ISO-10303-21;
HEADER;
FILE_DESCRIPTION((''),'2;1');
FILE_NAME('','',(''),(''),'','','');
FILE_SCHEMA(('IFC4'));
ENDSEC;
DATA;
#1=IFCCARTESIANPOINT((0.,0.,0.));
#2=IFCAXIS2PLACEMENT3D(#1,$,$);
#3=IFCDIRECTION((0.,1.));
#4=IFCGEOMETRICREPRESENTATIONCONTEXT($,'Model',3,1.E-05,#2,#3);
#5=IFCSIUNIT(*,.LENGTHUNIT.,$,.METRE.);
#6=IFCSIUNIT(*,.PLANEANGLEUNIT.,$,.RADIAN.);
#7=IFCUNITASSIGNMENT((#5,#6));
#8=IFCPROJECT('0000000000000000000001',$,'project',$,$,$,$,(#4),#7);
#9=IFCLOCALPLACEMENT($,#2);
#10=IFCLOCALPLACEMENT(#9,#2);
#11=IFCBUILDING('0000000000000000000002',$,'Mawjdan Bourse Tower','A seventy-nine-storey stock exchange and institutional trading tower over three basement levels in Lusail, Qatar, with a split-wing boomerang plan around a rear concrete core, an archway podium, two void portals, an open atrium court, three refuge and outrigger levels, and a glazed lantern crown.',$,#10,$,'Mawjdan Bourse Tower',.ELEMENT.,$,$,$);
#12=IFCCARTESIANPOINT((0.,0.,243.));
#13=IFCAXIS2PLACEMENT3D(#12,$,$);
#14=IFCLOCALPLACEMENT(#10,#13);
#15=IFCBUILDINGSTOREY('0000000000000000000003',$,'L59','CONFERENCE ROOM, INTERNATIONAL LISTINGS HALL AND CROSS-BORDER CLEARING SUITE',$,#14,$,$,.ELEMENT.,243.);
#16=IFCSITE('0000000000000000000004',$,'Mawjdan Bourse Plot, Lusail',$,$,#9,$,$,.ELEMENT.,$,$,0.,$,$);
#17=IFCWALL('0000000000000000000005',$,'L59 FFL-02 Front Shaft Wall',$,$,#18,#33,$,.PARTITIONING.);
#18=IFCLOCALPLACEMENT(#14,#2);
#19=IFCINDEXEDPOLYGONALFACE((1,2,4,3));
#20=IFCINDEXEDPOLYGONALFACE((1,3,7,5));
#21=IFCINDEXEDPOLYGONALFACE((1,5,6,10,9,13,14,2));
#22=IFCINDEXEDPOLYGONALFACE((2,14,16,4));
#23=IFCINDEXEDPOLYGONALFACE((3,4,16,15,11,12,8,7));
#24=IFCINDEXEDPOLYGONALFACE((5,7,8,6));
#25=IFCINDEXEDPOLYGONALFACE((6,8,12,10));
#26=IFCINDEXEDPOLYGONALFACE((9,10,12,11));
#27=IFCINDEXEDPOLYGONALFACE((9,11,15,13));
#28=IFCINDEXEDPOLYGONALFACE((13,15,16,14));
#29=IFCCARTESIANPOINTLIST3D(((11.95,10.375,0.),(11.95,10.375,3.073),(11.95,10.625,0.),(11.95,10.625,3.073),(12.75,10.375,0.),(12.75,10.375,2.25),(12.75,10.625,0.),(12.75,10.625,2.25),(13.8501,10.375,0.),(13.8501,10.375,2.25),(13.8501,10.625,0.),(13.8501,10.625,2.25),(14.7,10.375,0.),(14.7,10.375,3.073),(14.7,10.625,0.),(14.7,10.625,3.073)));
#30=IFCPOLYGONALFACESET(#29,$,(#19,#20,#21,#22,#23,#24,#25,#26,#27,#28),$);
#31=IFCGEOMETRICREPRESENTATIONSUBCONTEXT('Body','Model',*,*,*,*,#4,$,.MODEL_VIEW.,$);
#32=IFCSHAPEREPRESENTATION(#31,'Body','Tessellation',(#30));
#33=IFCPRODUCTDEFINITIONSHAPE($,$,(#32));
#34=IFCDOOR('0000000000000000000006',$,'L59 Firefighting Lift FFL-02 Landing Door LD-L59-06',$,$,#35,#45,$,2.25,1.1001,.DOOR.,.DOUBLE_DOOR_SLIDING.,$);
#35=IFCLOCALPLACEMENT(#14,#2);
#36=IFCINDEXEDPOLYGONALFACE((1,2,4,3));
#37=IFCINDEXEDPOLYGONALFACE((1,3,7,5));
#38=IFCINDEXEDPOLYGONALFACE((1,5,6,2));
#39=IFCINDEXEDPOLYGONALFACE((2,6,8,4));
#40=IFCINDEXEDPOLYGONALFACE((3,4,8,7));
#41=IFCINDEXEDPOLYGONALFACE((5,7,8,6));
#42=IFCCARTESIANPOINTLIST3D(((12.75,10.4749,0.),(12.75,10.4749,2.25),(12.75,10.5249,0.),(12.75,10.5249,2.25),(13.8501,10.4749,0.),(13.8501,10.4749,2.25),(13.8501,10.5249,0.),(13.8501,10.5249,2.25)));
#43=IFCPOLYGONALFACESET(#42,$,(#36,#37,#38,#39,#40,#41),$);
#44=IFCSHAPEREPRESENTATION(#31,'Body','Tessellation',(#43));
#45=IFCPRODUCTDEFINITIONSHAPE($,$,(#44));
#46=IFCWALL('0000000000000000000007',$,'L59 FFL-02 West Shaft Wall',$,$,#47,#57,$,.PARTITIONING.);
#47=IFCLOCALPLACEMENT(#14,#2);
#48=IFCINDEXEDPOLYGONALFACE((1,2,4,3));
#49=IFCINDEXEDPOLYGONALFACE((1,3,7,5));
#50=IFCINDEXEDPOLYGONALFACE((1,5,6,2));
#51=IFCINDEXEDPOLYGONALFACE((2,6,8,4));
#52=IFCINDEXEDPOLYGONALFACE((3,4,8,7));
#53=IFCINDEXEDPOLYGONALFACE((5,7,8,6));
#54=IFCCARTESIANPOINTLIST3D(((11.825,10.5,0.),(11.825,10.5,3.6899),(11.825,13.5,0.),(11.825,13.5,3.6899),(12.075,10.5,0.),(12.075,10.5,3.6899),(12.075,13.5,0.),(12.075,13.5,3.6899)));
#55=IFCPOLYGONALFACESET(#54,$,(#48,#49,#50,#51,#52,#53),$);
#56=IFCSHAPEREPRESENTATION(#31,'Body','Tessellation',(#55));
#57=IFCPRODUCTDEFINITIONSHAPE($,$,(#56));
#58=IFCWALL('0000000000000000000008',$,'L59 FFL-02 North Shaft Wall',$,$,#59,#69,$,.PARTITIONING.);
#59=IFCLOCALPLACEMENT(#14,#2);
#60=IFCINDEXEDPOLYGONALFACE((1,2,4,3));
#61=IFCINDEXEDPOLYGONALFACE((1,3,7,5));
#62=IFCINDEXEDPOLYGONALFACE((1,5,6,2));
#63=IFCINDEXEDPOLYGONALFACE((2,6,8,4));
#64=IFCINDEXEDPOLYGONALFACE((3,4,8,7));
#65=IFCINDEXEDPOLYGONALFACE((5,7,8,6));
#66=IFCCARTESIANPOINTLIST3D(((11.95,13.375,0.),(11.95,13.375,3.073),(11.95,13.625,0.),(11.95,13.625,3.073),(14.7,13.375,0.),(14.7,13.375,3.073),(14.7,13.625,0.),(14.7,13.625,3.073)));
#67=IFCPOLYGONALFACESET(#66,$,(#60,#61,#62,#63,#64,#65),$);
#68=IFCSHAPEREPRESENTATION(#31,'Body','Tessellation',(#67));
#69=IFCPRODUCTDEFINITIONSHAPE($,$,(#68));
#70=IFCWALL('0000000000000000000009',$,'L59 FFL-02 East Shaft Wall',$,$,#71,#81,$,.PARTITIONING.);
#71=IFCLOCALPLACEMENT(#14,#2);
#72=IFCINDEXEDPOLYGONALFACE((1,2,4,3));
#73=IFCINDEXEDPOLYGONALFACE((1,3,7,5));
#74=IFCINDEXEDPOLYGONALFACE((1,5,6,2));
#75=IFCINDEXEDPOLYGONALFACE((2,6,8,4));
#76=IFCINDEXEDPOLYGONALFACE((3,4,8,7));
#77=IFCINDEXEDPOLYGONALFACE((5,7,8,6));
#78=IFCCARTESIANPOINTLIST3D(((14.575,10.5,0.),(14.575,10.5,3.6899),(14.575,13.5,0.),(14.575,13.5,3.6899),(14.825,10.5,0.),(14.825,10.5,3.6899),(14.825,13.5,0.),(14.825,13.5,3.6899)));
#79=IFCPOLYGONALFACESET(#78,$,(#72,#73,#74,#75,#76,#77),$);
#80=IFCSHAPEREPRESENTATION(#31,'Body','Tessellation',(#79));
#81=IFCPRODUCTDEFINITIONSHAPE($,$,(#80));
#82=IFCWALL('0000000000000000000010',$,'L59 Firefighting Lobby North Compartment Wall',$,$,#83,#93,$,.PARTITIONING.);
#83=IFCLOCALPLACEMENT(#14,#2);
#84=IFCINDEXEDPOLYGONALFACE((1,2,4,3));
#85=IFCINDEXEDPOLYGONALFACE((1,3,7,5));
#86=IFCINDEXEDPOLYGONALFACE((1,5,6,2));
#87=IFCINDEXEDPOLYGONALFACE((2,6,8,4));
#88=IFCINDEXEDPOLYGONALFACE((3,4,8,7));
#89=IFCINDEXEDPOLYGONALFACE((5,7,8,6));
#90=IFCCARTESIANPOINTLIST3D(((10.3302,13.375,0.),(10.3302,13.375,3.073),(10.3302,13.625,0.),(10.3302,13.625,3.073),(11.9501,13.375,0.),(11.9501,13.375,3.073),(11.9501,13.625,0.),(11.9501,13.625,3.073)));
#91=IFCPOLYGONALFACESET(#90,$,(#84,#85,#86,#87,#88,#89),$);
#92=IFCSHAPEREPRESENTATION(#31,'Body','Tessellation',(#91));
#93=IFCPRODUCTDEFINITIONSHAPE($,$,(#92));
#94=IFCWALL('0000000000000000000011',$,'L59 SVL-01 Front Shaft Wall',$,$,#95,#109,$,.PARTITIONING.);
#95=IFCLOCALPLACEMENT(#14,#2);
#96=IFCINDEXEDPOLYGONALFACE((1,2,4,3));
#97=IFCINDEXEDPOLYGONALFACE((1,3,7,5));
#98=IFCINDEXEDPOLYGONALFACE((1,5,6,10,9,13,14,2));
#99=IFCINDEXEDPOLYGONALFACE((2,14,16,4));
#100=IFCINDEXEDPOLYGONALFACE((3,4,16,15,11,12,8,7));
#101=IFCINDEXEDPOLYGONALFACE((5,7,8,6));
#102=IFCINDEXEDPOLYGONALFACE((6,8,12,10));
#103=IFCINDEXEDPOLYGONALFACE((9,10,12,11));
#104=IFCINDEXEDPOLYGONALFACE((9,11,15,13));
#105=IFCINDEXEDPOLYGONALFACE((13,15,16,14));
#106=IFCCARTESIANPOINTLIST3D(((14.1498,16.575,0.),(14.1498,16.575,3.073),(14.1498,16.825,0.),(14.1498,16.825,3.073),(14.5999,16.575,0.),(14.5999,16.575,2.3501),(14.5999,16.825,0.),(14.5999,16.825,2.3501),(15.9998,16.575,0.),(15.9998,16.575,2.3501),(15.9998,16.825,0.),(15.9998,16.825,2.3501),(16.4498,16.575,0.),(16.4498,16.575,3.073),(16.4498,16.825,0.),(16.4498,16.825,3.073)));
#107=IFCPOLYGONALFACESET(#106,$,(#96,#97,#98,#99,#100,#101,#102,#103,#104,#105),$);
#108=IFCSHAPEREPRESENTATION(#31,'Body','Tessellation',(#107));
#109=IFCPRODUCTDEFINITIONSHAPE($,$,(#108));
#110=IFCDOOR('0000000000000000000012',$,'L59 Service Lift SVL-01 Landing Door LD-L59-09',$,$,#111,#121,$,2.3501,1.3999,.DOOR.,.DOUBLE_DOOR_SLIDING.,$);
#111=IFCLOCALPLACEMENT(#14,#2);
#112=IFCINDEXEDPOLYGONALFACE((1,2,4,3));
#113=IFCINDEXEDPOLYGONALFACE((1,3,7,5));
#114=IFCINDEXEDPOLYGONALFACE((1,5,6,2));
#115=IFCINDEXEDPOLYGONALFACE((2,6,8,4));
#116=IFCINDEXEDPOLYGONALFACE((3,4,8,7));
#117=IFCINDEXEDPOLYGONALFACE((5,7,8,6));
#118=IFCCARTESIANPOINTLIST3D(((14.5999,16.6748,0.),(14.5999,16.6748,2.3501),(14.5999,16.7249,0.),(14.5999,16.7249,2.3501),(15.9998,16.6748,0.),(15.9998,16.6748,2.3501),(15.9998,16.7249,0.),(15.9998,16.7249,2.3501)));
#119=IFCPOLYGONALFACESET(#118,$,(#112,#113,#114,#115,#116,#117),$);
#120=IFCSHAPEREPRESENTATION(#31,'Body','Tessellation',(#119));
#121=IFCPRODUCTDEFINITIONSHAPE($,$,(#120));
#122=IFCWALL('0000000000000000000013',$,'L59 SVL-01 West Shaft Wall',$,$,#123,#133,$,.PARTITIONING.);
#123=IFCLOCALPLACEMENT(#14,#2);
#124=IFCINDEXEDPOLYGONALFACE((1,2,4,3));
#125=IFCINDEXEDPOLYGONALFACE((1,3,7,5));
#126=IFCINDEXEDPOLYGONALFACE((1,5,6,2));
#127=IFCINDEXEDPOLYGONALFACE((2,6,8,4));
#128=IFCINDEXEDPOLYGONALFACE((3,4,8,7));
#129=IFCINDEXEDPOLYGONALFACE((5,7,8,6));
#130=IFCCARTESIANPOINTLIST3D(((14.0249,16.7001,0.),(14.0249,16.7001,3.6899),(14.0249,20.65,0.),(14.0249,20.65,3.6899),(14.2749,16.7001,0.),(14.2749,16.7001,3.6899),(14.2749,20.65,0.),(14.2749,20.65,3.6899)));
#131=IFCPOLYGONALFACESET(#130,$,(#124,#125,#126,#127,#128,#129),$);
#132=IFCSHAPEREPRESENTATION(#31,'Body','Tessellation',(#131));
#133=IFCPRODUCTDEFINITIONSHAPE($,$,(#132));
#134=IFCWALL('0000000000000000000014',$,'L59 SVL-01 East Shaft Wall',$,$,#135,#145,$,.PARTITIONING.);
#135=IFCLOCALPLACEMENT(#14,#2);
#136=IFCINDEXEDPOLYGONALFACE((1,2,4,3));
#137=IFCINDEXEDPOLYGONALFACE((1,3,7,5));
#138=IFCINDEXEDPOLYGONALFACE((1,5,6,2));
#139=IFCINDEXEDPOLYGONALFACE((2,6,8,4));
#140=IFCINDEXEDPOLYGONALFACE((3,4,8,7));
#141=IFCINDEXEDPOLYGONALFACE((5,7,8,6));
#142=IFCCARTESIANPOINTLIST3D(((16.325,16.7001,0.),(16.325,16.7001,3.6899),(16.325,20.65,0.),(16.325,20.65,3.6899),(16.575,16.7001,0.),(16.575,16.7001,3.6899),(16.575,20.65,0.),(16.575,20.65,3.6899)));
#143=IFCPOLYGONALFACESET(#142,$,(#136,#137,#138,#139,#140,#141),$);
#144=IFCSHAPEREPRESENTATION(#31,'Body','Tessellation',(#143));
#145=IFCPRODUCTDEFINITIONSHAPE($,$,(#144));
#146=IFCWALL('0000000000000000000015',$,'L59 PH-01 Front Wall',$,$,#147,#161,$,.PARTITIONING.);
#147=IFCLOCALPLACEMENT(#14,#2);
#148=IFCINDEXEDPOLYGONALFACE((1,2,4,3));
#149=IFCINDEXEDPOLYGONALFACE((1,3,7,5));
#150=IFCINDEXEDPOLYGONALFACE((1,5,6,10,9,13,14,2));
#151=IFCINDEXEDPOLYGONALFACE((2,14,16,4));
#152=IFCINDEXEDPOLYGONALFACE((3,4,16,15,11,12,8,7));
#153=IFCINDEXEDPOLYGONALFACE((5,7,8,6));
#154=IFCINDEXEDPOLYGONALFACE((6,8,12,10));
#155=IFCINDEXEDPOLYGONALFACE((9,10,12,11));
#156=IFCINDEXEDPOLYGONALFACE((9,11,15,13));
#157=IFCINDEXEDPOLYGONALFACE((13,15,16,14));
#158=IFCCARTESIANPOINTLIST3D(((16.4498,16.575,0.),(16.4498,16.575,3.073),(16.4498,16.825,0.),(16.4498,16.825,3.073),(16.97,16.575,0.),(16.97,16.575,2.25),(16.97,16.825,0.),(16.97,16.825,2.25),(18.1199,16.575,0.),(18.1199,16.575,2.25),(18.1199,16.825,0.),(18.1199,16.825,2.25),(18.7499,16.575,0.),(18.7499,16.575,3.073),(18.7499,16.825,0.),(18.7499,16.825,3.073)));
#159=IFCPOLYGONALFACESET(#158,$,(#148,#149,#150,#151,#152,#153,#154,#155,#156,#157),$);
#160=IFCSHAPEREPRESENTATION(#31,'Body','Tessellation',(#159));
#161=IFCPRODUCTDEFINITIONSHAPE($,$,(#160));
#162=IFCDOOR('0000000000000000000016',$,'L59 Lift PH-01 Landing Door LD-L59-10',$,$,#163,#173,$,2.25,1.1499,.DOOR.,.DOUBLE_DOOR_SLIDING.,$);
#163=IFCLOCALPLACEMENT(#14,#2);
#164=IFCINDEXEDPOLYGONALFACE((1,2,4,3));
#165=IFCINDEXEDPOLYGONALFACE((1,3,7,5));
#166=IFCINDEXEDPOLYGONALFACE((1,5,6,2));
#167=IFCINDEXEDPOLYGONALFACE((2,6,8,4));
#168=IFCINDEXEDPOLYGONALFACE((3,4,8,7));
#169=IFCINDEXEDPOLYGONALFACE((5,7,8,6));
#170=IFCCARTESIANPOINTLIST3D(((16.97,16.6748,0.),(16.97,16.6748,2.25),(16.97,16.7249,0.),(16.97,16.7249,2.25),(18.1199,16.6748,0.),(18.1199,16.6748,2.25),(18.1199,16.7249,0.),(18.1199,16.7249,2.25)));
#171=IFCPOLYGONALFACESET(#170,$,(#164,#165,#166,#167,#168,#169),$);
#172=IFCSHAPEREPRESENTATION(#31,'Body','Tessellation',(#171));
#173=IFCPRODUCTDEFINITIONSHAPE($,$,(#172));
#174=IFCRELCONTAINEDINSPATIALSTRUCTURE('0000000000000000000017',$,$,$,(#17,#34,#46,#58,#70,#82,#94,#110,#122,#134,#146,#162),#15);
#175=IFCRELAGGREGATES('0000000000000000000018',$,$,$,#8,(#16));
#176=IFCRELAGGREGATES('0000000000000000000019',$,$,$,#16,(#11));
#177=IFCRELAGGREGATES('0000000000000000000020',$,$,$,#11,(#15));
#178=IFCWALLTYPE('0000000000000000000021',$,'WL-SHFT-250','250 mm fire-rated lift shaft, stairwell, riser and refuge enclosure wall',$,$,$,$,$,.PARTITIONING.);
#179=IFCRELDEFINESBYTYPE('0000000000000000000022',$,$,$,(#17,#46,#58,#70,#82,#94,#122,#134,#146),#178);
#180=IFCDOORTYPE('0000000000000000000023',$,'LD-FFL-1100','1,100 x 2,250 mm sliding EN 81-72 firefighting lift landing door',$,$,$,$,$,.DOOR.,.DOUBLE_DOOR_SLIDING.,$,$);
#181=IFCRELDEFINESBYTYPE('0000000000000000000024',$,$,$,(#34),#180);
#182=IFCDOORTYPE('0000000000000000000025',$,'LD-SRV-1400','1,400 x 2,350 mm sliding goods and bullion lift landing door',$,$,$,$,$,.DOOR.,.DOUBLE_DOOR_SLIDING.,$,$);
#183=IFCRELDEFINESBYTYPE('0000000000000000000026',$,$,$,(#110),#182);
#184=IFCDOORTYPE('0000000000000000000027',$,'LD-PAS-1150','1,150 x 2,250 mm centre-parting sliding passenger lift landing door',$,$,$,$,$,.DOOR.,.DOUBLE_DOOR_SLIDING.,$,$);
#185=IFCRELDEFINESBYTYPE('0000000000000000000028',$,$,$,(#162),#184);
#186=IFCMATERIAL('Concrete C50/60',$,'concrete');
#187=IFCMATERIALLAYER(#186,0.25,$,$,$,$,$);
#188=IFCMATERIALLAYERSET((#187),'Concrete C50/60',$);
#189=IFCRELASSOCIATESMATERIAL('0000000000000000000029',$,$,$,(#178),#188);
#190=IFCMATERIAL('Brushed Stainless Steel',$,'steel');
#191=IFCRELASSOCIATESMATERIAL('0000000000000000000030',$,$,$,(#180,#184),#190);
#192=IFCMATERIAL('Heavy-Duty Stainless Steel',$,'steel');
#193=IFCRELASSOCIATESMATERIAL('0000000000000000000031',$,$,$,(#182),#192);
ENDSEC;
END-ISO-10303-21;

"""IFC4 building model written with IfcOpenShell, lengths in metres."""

from ifc_helpers import new_model, si_unit, direction, frame, frame_2d, origin, place, context, subcontext, project, spatial, rectangle, extrude, material, layer, layer_set, type_object, element, fill, save


model = new_model("IFC4")

# Units and contexts
model_context = context("Model", 3, precision=1e-05, world=origin(), true_north=direction((0.0, 1.0)))
body_context = subcontext(model_context, "Body", "Model", "MODEL_VIEW")
ifc_project = project(units=[si_unit("LENGTHUNIT", "METRE"), si_unit("PLANEANGLEUNIT", "RADIAN")], contexts=[model_context])

# Site, building, storey
site_placement = place(None, origin())
site = spatial("IfcSite", under=ifc_project, at=site_placement, Name="Mawjdan Bourse Plot, Lusail", CompositionType="ELEMENT", RefElevation=0.0)
building_placement = place(site_placement, origin())
building = spatial("IfcBuilding", under=site, at=building_placement, Name="Mawjdan Bourse Tower", Description="A seventy-nine-storey stock exchange and institutional trading tower over three basement levels in Lusail, Qatar, with a split-wing boomerang plan around a rear concrete core, an archway podium, two void portals, an open atrium court, three refuge and outrigger levels, and a glazed lantern crown.", LongName="Mawjdan Bourse Tower", CompositionType="ELEMENT")
storey_placement = place(building_placement, frame((0.0, 0.0, 243.0)))
storey = spatial("IfcBuildingStorey", under=building, at=storey_placement, Name="L59", Description="CONFERENCE ROOM, INTERNATIONAL LISTINGS HALL AND CROSS-BORDER CLEARING SUITE", CompositionType="ELEMENT", Elevation=243.0)

# Wall, opening, door
ifc_material_1 = material(Name="Concrete C50/60", Category="concrete")
ifc_layer_1 = layer(ifc_material_1, 0.25)
ifc_layer_set_1 = layer_set([ifc_layer_1], Name="Concrete C50/60")
wall_type_1 = type_object("IfcWallType", Name="WL-SHFT-250", Description="250 mm fire-rated lift shaft, stairwell, riser and refuge enclosure wall", PredefinedType="PARTITIONING", material=ifc_layer_set_1)
wall_1_placement = place(storey_placement, frame((11.95, 10.5, 0.0), z_axis=(0.0, 0.0, 1.0), x_axis=(1.0, 0.0, 0.0)))
wall_1 = element("IfcWall", 1, at=wall_1_placement, inside=storey, type_object=wall_type_1, Name="L59 FFL-02 Front Shaft Wall", PredefinedType="PARTITIONING", context=body_context, shape_type="SweptSolid", body=[
    extrude(rectangle(XDim=2.75, YDim=0.25, at=frame_2d((1.375, 0.0))), origin(), (0.0, 0.0, 1.0), 3.073),
])
opening_1_placement = place(wall_1_placement, frame((0.8, 0.0, 0.0)))
opening_1 = element("IfcOpeningElement", 2, at=opening_1_placement, cuts=wall_1, PredefinedType="OPENING", context=body_context, shape_type="SweptSolid", body=[
    extrude(rectangle(XDim=1.1001, YDim=2.25, at=frame_2d((0.55, 1.125))), frame((0.0, 0.135, 0.0), z_axis=(0.0, -1.0, 0.0), x_axis=(1.0, 0.0, 0.0)), (0.0, 0.0, 1.0), 0.27),
])
ifc_material_2 = material(Name="Brushed Stainless Steel", Category="steel")
door_type_1 = type_object("IfcDoorType", Name="LD-FFL-1100", Description="1,100 x 2,250 mm sliding EN 81-72 firefighting lift landing door", OperationType="DOUBLE_DOOR_SLIDING", PredefinedType="DOOR", material=ifc_material_2)
door_1_placement = place(opening_1_placement, origin())
door_1 = element("IfcDoor", 3, at=door_1_placement, inside=storey, type_object=door_type_1, Name="L59 Firefighting Lift FFL-02 Landing Door LD-L59-06", OperationType="DOUBLE_DOOR_SLIDING", OverallHeight=2.25, OverallWidth=1.1001, PredefinedType="DOOR", context=body_context, shape_type="SweptSolid", body=[
    extrude(rectangle(XDim=1.1001, YDim=2.25, at=frame_2d((0.55, 1.125))), frame((0.0, 0.0249, 0.0), z_axis=(0.0, -1.0, 0.0), x_axis=(1.0, 0.0, 0.0)), (0.0, 0.0, 1.0), 0.05),
])
fill(opening_1, door_1)

# Walls
wall_2_placement = place(storey_placement, frame((11.95, 10.5, 0.0), z_axis=(0.0, 0.0, 1.0), x_axis=(0.0, 1.0, 0.0)))
element("IfcWall", 4, at=wall_2_placement, inside=storey, type_object=wall_type_1, Name="L59 FFL-02 West Shaft Wall", PredefinedType="PARTITIONING", context=body_context, shape_type="SweptSolid", body=[
    extrude(rectangle(XDim=3.0, YDim=0.25, at=frame_2d((1.5, 0.0))), origin(), (0.0, 0.0, 1.0), 3.6899),
])
wall_3_placement = place(storey_placement, frame((11.95, 13.5, 0.0), z_axis=(0.0, 0.0, 1.0), x_axis=(1.0, 0.0, 0.0)))
element("IfcWall", 5, at=wall_3_placement, inside=storey, type_object=wall_type_1, Name="L59 FFL-02 North Shaft Wall", PredefinedType="PARTITIONING", context=body_context, shape_type="SweptSolid", body=[
    extrude(rectangle(XDim=2.75, YDim=0.25, at=frame_2d((1.375, 0.0))), origin(), (0.0, 0.0, 1.0), 3.073),
])
wall_4_placement = place(storey_placement, frame((14.7, 10.5, 0.0), z_axis=(0.0, 0.0, 1.0), x_axis=(0.0, 1.0, 0.0)))
element("IfcWall", 6, at=wall_4_placement, inside=storey, type_object=wall_type_1, Name="L59 FFL-02 East Shaft Wall", PredefinedType="PARTITIONING", context=body_context, shape_type="SweptSolid", body=[
    extrude(rectangle(XDim=3.0, YDim=0.25, at=frame_2d((1.5, 0.0))), origin(), (0.0, 0.0, 1.0), 3.6899),
])
wall_5_placement = place(storey_placement, frame((10.3301, 13.5, 0.0), z_axis=(0.0, 0.0, 1.0), x_axis=(1.0, 0.0, 0.0)))
element("IfcWall", 7, at=wall_5_placement, inside=storey, type_object=wall_type_1, Name="L59 Firefighting Lobby North Compartment Wall", PredefinedType="PARTITIONING", context=body_context, shape_type="SweptSolid", body=[
    extrude(rectangle(XDim=1.6199, YDim=0.25, at=frame_2d((0.8101, 0.0))), origin(), (0.0, 0.0, 1.0), 3.073),
])

# Wall, opening, door
wall_6_placement = place(storey_placement, frame((14.1499, 16.7, 0.0), z_axis=(0.0, 0.0, 1.0), x_axis=(1.0, 0.0, 0.0)))
wall_6 = element("IfcWall", 8, at=wall_6_placement, inside=storey, type_object=wall_type_1, Name="L59 SVL-01 Front Shaft Wall", PredefinedType="PARTITIONING", context=body_context, shape_type="SweptSolid", body=[
    extrude(rectangle(XDim=2.3, YDim=0.25, at=frame_2d((1.1499, 0.0))), origin(), (0.0, 0.0, 1.0), 3.073),
])
opening_2_placement = place(wall_6_placement, frame((0.45, 0.0, 0.0)))
opening_2 = element("IfcOpeningElement", 9, at=opening_2_placement, cuts=wall_6, PredefinedType="OPENING", context=body_context, shape_type="SweptSolid", body=[
    extrude(rectangle(XDim=1.3999, YDim=2.3501, at=frame_2d((0.7, 1.175))), frame((0.0, 0.135, 0.0), z_axis=(0.0, -1.0, 0.0), x_axis=(1.0, 0.0, 0.0)), (0.0, 0.0, 1.0), 0.27),
])
ifc_material_3 = material(Name="Heavy-Duty Stainless Steel", Category="steel")
door_type_2 = type_object("IfcDoorType", Name="LD-SRV-1400", Description="1,400 x 2,350 mm sliding goods and bullion lift landing door", OperationType="DOUBLE_DOOR_SLIDING", PredefinedType="DOOR", material=ifc_material_3)
door_2_placement = place(opening_2_placement, origin())
door_2 = element("IfcDoor", 10, at=door_2_placement, inside=storey, type_object=door_type_2, Name="L59 Service Lift SVL-01 Landing Door LD-L59-09", OperationType="DOUBLE_DOOR_SLIDING", OverallHeight=2.3501, OverallWidth=1.3999, PredefinedType="DOOR", context=body_context, shape_type="SweptSolid", body=[
    extrude(rectangle(XDim=1.3999, YDim=2.3501, at=frame_2d((0.7, 1.175))), frame((0.0, 0.0249, 0.0), z_axis=(0.0, -1.0, 0.0), x_axis=(1.0, 0.0, 0.0)), (0.0, 0.0, 1.0), 0.05),
])
fill(opening_2, door_2)

# Walls
for number, where, z_axis, x_axis, name in (
    (11, (14.1499, 16.7, 0.0), (0.0, 0.0, 1.0), (0.0, 1.0, 0.0), "L59 SVL-01 West Shaft Wall"),
    (12, (16.45, 16.7, 0.0), (0.0, 0.0, 1.0), (0.0, 1.0, 0.0), "L59 SVL-01 East Shaft Wall"),
):
    element("IfcWall", number, at=place(storey_placement, frame(where, z_axis=z_axis, x_axis=x_axis)), inside=storey, type_object=wall_type_1, Name=name, PredefinedType="PARTITIONING", context=body_context, shape_type="SweptSolid", body=[
        extrude(rectangle(XDim=3.95, YDim=0.25, at=frame_2d((1.9751, 0.0))), origin(), (0.0, 0.0, 1.0), 3.6899),
    ])

# Wall, opening, door
wall_7_placement = place(storey_placement, frame((16.45, 16.7, 0.0), z_axis=(0.0, 0.0, 1.0), x_axis=(1.0, 0.0, 0.0)))
wall_7 = element("IfcWall", 13, at=wall_7_placement, inside=storey, type_object=wall_type_1, Name="L59 PH-01 Front Wall", PredefinedType="PARTITIONING", context=body_context, shape_type="SweptSolid", body=[
    extrude(rectangle(XDim=2.3, YDim=0.25, at=frame_2d((1.1499, 0.0))), origin(), (0.0, 0.0, 1.0), 3.073),
])
opening_3_placement = place(wall_7_placement, frame((0.52, 0.0, 0.0)))
opening_3 = element("IfcOpeningElement", 14, at=opening_3_placement, cuts=wall_7, PredefinedType="OPENING", context=body_context, shape_type="SweptSolid", body=[
    extrude(rectangle(XDim=1.1499, YDim=2.25, at=frame_2d((0.575, 1.125))), frame((0.0, 0.135, 0.0), z_axis=(0.0, -1.0, 0.0), x_axis=(1.0, 0.0, 0.0)), (0.0, 0.0, 1.0), 0.27),
])
door_type_3 = type_object("IfcDoorType", Name="LD-PAS-1150", Description="1,150 x 2,250 mm centre-parting sliding passenger lift landing door", OperationType="DOUBLE_DOOR_SLIDING", PredefinedType="DOOR", material=ifc_material_2)
door_3_placement = place(opening_3_placement, origin())
door_3 = element("IfcDoor", 15, at=door_3_placement, inside=storey, type_object=door_type_3, Name="L59 Lift PH-01 Landing Door LD-L59-10", OperationType="DOUBLE_DOOR_SLIDING", OverallHeight=2.25, OverallWidth=1.1499, PredefinedType="DOOR", context=body_context, shape_type="SweptSolid", body=[
    extrude(rectangle(XDim=1.1499, YDim=2.25, at=frame_2d((0.575, 1.125))), frame((0.0, 0.0249, 0.0), z_axis=(0.0, -1.0, 0.0), x_axis=(1.0, 0.0, 0.0)), (0.0, 0.0, 1.0), 0.05),
])
fill(opening_3, door_3)

save(model, "model.ifc")
